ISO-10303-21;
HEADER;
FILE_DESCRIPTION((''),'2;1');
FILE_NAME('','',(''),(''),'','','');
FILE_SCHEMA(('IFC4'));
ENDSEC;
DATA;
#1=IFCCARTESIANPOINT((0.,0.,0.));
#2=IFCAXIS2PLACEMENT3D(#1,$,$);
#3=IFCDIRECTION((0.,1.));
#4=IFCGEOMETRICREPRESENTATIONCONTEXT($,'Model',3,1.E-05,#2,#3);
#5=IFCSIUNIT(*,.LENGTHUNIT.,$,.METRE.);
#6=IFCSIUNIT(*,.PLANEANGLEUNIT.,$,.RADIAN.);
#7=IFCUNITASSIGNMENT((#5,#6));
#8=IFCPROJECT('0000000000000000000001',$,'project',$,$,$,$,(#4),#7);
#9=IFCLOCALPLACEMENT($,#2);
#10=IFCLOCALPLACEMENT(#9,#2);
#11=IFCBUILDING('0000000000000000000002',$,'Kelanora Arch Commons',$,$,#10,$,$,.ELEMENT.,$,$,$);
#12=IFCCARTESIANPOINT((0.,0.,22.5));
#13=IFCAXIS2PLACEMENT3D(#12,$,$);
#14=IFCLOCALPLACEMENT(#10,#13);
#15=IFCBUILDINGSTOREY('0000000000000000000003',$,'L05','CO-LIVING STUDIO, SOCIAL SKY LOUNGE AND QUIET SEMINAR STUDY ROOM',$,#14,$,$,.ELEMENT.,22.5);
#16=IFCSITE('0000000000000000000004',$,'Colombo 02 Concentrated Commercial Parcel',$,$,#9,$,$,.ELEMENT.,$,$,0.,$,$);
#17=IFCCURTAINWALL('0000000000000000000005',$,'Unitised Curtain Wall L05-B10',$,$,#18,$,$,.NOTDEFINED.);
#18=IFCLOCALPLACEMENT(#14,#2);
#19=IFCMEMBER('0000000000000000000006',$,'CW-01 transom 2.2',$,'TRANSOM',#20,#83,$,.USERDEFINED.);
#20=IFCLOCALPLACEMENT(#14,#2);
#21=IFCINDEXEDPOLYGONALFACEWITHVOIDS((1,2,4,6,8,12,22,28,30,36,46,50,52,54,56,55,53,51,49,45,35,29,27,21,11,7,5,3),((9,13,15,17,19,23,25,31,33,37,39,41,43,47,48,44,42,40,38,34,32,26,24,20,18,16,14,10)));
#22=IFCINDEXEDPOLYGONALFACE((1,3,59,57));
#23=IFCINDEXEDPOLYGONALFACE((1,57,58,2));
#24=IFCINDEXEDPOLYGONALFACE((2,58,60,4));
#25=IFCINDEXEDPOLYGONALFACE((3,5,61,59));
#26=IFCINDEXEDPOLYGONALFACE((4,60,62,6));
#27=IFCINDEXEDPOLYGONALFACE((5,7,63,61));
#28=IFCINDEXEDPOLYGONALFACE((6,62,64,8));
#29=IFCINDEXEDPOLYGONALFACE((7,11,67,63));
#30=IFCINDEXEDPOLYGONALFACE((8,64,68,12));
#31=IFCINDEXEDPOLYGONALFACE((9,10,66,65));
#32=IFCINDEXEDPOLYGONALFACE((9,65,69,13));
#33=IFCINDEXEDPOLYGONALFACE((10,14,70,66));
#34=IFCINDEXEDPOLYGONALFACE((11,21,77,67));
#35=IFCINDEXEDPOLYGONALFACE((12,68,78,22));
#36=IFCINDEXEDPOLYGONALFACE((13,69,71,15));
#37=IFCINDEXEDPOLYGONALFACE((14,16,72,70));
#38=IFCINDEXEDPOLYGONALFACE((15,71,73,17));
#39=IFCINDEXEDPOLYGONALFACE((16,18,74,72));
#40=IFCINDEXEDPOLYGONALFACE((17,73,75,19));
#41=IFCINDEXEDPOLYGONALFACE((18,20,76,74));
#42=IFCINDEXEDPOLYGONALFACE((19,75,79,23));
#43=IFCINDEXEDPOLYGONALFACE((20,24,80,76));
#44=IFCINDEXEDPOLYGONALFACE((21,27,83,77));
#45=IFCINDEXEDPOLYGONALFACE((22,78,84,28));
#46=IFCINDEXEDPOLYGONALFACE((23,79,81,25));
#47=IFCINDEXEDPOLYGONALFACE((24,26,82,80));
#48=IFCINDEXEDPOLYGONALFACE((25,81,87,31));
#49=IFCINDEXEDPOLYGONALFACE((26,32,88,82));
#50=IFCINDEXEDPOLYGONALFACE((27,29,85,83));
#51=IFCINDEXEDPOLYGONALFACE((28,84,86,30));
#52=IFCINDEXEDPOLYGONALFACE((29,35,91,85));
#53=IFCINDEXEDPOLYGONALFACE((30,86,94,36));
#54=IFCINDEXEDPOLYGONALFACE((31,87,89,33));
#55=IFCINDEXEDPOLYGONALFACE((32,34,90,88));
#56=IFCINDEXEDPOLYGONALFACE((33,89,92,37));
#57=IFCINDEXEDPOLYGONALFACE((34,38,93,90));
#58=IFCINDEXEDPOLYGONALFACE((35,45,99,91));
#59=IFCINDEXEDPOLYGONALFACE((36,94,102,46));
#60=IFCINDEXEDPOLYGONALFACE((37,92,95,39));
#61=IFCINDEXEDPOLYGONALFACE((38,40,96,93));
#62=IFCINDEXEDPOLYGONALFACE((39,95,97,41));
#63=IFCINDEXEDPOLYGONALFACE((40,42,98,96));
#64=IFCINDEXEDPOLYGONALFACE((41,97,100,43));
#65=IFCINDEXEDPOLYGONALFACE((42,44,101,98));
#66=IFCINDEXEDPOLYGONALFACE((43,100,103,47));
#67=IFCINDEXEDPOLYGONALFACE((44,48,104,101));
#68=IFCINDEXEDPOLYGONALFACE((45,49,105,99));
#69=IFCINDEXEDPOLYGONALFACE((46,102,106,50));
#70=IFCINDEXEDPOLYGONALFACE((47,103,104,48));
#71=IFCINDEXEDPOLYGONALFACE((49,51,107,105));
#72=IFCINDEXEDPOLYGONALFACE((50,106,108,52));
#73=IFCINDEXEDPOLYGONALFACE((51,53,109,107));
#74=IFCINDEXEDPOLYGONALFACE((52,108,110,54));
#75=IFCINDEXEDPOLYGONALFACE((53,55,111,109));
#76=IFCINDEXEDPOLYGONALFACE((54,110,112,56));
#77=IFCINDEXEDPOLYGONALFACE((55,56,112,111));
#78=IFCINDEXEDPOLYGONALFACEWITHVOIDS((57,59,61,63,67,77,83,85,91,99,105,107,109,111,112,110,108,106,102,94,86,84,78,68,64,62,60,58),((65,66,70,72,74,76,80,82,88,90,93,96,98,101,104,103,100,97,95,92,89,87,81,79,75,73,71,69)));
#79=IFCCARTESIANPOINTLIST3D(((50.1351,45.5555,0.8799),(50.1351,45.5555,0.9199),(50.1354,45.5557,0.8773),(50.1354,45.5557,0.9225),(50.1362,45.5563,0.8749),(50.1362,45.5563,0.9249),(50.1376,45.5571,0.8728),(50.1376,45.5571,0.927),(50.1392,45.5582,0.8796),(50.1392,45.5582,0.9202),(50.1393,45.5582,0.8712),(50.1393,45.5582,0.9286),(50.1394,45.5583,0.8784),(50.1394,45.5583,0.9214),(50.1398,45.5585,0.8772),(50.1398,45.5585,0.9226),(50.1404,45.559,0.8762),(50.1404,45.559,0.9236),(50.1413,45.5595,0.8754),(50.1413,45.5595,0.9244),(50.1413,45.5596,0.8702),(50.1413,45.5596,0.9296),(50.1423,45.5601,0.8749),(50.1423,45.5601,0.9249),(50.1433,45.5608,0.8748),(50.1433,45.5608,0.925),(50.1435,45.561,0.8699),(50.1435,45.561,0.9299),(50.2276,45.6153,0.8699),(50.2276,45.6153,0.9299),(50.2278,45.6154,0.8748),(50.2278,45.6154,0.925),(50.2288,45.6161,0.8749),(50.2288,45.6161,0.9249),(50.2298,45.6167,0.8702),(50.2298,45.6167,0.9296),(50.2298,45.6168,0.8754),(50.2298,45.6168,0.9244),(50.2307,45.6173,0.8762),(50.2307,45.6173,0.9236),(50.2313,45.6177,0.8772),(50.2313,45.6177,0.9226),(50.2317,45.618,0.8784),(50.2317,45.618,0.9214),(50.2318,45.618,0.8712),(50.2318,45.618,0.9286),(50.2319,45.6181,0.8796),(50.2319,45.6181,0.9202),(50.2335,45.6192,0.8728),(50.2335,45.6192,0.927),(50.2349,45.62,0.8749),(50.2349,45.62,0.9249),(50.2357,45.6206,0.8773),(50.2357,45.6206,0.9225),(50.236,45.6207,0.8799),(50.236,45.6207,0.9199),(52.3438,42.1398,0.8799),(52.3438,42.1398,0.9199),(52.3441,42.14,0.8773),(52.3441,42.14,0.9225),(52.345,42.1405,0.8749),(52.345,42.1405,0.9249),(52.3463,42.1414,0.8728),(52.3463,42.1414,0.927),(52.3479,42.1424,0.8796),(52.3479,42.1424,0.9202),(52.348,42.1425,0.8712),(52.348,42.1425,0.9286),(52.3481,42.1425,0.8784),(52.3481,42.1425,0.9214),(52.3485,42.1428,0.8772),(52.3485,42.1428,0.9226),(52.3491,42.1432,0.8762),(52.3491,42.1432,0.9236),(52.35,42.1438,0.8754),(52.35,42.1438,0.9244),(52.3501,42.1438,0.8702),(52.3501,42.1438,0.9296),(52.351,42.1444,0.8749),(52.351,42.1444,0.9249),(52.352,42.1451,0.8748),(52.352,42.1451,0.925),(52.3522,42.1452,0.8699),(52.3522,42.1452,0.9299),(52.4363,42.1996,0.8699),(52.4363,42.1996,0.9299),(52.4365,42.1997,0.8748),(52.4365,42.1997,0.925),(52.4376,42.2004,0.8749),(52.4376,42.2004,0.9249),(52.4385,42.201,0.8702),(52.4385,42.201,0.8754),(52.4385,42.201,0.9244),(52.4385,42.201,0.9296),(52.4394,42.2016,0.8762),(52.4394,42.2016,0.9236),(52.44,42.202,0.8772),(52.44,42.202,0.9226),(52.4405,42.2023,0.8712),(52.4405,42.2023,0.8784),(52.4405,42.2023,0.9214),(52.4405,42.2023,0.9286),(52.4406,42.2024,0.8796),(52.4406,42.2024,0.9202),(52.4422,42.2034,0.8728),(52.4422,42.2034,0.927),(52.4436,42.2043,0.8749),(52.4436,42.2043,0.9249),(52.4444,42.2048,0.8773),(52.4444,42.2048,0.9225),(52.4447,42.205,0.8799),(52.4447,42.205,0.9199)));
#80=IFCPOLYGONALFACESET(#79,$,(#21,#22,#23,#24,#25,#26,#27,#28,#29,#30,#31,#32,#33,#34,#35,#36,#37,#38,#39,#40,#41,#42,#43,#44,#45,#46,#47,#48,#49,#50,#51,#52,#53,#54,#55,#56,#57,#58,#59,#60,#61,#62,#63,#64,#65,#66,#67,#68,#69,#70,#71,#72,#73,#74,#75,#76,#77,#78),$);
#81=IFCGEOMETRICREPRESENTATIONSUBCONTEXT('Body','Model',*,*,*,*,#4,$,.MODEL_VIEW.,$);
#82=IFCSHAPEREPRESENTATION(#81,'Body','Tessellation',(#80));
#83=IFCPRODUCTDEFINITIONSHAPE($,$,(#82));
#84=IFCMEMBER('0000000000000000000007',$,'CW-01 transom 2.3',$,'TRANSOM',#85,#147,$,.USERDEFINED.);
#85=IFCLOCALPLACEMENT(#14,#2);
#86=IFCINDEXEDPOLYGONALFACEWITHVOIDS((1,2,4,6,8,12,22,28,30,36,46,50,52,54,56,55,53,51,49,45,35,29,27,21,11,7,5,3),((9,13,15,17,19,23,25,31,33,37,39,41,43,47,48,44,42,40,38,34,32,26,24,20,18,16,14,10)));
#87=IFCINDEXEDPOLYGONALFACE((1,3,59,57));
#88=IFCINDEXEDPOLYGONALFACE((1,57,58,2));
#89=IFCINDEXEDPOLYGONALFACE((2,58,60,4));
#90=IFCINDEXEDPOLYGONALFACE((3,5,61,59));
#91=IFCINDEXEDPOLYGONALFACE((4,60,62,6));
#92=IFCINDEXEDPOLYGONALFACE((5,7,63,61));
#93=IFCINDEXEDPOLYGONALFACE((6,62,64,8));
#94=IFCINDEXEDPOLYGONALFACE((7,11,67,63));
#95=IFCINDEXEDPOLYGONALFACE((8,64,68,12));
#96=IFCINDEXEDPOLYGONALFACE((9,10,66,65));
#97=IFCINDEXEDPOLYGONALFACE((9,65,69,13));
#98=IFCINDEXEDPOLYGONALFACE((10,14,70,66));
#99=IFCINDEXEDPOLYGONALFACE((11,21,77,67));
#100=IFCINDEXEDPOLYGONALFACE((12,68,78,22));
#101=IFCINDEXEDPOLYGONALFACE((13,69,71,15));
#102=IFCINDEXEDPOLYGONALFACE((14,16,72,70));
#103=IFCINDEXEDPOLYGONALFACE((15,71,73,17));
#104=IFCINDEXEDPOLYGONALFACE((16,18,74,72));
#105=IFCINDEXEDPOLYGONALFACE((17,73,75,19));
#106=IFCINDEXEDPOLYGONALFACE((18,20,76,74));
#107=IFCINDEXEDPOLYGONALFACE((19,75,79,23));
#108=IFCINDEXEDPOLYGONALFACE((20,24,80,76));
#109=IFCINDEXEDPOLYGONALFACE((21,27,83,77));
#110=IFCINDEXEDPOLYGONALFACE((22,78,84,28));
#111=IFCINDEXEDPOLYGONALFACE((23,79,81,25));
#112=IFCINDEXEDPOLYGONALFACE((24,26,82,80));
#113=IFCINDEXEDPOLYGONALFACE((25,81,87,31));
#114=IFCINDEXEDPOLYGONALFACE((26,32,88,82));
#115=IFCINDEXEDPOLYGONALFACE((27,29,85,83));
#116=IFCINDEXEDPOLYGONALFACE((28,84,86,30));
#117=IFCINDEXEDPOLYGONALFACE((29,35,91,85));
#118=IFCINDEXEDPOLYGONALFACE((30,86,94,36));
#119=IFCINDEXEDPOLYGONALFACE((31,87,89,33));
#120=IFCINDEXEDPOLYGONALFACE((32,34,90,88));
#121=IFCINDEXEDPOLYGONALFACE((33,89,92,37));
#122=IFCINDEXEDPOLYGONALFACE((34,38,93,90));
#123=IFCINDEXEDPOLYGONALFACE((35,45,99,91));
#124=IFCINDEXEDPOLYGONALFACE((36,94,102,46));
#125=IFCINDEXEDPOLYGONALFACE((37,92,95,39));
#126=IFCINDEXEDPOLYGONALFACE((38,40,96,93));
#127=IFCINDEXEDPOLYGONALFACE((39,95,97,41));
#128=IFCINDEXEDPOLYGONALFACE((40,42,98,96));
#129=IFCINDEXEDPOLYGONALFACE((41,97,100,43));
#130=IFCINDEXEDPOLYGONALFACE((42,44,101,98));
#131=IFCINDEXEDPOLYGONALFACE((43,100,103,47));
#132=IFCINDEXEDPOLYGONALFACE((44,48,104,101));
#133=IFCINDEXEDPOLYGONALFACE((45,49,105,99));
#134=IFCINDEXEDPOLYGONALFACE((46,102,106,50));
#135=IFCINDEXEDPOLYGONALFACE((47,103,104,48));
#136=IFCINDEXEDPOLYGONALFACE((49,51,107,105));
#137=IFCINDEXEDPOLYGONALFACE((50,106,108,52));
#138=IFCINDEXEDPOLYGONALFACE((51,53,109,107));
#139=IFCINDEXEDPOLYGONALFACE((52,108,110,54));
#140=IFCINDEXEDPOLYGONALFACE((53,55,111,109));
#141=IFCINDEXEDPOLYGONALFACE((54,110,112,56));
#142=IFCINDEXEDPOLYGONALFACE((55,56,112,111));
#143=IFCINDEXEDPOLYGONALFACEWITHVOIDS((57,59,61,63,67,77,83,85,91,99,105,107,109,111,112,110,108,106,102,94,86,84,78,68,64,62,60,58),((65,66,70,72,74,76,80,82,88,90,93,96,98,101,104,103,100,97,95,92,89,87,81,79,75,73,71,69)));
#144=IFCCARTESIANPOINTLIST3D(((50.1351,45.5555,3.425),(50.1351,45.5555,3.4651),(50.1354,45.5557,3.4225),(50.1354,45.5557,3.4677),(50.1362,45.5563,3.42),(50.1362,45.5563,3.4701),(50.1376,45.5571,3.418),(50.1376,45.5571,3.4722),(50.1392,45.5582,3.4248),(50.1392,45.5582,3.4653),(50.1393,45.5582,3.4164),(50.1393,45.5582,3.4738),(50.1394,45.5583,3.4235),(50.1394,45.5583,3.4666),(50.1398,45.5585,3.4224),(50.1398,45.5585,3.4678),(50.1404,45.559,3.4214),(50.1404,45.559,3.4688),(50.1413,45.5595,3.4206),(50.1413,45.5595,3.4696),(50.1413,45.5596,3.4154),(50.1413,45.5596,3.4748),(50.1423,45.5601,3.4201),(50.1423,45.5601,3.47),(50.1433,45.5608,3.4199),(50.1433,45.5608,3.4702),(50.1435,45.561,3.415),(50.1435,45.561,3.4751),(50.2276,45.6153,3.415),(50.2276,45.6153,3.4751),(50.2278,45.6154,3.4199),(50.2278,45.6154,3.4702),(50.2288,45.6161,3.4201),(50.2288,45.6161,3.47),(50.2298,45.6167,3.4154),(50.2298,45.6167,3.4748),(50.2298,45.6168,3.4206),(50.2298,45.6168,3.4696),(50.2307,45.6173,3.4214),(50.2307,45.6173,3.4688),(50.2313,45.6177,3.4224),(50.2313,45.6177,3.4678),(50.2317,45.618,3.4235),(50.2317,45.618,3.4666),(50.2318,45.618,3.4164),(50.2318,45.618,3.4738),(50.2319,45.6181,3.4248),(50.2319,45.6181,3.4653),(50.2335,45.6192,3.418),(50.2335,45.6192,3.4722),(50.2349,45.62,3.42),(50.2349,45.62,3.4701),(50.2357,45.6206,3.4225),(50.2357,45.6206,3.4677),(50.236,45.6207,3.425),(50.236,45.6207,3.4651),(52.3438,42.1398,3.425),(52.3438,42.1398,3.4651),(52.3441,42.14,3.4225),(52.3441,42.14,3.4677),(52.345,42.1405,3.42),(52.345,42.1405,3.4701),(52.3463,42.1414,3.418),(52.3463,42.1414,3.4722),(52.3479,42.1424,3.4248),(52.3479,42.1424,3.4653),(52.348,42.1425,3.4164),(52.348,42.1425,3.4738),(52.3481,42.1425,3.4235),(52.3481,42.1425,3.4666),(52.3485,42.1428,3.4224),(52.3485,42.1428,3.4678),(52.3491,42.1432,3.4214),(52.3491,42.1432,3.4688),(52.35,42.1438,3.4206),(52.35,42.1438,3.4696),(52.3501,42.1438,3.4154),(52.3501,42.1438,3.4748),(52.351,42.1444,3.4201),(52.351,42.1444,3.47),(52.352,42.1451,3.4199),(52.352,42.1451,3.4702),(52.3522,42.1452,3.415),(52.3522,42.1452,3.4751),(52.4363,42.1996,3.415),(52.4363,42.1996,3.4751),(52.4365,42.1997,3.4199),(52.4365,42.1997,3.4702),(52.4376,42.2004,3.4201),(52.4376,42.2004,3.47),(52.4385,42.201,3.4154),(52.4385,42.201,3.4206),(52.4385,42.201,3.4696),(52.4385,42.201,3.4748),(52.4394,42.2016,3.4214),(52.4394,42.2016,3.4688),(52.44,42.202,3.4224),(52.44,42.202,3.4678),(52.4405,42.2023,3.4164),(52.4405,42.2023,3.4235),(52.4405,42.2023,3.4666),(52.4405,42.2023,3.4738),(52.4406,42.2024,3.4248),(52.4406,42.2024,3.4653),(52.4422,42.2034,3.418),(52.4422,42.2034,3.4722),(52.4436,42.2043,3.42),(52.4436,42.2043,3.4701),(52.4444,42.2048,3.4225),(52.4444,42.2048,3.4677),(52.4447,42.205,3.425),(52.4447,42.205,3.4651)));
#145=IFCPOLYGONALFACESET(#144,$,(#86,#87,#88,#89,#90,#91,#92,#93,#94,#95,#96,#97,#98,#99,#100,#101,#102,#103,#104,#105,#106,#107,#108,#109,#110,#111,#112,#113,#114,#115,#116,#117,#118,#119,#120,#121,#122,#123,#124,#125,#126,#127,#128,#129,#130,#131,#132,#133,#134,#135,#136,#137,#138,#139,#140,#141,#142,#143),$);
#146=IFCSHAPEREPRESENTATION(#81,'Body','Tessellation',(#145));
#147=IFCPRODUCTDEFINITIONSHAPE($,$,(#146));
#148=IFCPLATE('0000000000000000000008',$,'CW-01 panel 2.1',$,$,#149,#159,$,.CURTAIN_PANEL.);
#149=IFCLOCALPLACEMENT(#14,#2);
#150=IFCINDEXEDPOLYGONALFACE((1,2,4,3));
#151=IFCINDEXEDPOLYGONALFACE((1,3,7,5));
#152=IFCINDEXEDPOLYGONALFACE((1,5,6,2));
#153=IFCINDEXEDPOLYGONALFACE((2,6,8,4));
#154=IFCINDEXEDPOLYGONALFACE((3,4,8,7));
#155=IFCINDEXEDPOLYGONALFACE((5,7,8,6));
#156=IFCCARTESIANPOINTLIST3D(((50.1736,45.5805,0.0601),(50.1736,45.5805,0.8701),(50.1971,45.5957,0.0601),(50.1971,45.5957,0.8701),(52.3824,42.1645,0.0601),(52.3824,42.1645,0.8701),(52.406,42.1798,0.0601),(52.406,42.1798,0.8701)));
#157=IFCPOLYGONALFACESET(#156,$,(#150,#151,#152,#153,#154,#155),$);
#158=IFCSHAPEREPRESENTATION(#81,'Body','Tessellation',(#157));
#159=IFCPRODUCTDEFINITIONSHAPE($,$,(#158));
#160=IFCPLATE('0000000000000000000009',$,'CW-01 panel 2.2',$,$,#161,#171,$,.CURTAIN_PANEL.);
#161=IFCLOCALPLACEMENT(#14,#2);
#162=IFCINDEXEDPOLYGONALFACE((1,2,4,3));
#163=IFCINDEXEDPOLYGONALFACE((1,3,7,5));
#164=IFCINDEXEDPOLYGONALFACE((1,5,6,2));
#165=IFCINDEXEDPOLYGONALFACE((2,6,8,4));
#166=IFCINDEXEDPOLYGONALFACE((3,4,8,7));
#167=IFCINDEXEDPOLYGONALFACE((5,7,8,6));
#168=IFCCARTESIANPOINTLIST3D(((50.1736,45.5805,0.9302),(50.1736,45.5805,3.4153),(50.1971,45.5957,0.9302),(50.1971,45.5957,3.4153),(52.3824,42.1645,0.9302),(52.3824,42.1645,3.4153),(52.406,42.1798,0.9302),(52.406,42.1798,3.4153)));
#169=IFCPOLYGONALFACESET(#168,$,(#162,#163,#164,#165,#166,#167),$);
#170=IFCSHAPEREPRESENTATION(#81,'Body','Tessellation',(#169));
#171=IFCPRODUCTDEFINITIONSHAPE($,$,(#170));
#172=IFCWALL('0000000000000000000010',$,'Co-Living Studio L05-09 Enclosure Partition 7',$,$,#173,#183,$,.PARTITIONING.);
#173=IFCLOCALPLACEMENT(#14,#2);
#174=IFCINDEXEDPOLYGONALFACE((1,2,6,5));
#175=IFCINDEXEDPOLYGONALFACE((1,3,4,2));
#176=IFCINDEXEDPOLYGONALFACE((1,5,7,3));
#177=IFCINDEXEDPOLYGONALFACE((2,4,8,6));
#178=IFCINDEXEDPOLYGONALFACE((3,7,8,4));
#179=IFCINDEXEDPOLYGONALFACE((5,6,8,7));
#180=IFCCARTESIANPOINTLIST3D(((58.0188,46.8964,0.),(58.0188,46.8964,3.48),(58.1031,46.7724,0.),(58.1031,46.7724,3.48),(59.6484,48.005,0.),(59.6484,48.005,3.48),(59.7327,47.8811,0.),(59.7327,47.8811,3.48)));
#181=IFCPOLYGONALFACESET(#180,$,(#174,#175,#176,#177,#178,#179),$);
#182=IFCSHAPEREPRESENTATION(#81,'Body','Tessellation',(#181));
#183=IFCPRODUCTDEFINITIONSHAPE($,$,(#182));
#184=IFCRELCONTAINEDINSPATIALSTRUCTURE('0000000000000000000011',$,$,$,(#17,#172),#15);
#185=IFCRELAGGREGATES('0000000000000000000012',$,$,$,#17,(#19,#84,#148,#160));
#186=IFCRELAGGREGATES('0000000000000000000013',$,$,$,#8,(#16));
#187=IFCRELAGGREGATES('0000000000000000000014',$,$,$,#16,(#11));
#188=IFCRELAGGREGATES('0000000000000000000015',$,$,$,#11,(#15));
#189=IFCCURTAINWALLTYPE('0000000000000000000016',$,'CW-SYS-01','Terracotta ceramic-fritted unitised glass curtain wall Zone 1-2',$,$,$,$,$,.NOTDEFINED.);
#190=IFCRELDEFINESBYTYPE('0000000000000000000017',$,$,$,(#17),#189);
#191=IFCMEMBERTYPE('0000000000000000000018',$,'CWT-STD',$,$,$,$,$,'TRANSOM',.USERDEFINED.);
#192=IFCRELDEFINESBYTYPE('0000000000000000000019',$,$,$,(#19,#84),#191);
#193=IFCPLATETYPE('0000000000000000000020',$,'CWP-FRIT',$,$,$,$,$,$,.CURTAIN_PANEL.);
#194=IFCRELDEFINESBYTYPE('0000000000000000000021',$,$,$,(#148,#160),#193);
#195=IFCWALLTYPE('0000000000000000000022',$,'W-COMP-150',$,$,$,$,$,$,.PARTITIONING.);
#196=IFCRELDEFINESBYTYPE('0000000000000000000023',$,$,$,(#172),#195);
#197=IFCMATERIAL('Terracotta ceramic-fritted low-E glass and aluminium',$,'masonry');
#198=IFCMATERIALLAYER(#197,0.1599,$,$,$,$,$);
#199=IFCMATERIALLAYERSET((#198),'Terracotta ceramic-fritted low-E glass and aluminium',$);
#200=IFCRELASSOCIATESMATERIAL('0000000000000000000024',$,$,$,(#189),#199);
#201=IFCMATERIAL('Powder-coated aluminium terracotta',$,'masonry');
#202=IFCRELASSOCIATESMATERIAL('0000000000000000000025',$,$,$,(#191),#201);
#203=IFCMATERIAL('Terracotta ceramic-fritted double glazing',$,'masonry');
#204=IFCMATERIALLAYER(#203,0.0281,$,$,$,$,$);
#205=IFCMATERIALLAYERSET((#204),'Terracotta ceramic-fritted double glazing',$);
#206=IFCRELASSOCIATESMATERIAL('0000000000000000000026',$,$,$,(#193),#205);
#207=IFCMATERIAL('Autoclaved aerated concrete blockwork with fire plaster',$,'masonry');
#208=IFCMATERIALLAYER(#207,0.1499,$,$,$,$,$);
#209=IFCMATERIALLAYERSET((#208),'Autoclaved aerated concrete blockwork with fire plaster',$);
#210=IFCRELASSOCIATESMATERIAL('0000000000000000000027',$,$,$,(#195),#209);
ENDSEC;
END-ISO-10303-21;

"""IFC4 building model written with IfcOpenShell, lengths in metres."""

from ifc_helpers import new_model, si_unit, direction, frame, frame_2d, origin, origin_2d, place, context, subcontext, project, spatial, rectangle, hollow_rectangle, extrude, source, transform, mapped, material, layer, layer_set, material_profile, profile_set, type_object, element, aggregate, save


model = new_model("IFC4")

# Units and contexts
model_context = context("Model", 3, precision=1e-05, world=origin(), true_north=direction((0.0, 1.0)))
body_context = subcontext(model_context, "Body", "Model", "MODEL_VIEW")
ifc_project = project(units=[si_unit("LENGTHUNIT", "METRE"), si_unit("PLANEANGLEUNIT", "RADIAN")], contexts=[model_context])

# Site, building, storey
site_placement = place(None, origin())
site = spatial("IfcSite", under=ifc_project, at=site_placement, Name="Colombo 02 Concentrated Commercial Parcel", CompositionType="ELEMENT", RefElevation=0.0)
building_placement = place(site_placement, origin())
building = spatial("IfcBuilding", under=site, at=building_placement, Name="Kelanora Arch Commons", CompositionType="ELEMENT")
storey_placement = place(building_placement, frame((0.0, 0.0, 22.5)))
storey = spatial("IfcBuildingStorey", under=building, at=storey_placement, Name="L05", Description="CO-LIVING STUDIO, SOCIAL SKY LOUNGE AND QUIET SEMINAR STUDY ROOM", CompositionType="ELEMENT", Elevation=22.5)

# Curtain wall, members, plates
ifc_material_1 = material(Name="Terracotta ceramic-fritted low-E glass and aluminium", Category="masonry")
ifc_layer_1 = layer(ifc_material_1, 0.1599)
ifc_layer_set_1 = layer_set([ifc_layer_1], Name="Terracotta ceramic-fritted low-E glass and aluminium")
curtain_wall_type = type_object("IfcCurtainWallType", Name="CW-SYS-01", Description="Terracotta ceramic-fritted unitised glass curtain wall Zone 1-2", PredefinedType="NOTDEFINED", material=ifc_layer_set_1)
curtain_wall_placement = place(storey_placement, origin())
curtain_wall = element("IfcCurtainWall", 1, at=curtain_wall_placement, inside=storey, type_object=curtain_wall_type, Name="Unitised Curtain Wall L05-B10", PredefinedType="NOTDEFINED")
ifc_material_2 = material(Name="Powder-coated aluminium terracotta", Category="masonry")
ifc_material_profile_1 = material_profile(ifc_material_2, hollow_rectangle(XDim=0.1201, YDim=0.0601, WallThickness=0.0049, InnerFilletRadius=0.0049, OuterFilletRadius=0.01, at=origin_2d()), Name="CWT120x60")
ifc_profile_set_1 = profile_set([ifc_material_profile_1], Name="Powder-coated aluminium terracotta")
member_type_1 = type_object("IfcMemberType", Name="CWT-STD", ElementType="TRANSOM", PredefinedType="USERDEFINED", material=ifc_profile_set_1)
member_1_placement = place(storey_placement, frame((50.1855, 45.5881, 0.8999), z_axis=(0.542997, -0.839734, 0.0), x_axis=(0.839734, 0.542997, 0.0)))
member_1 = element("IfcMember", 2, at=member_1_placement, type_object=member_type_1, Name="CW-01 transom 2.2", ObjectType="TRANSOM", PredefinedType="USERDEFINED", context=body_context, shape_type="SweptSolid", body=[
    extrude(hollow_rectangle(XDim=0.1201, YDim=0.0601, WallThickness=0.0049, InnerFilletRadius=0.0049, OuterFilletRadius=0.01, at=origin_2d()), origin(), (0.0, 0.0, 1.0), 4.0676),
])
member_2_placement = place(storey_placement, frame((50.1855, 45.5881, 3.4451), z_axis=(0.542997, -0.839734, 0.0), x_axis=(0.839734, 0.542997, 0.0)))
member_2 = element("IfcMember", 3, at=member_2_placement, type_object=member_type_1, Name="CW-01 transom 2.3", ObjectType="TRANSOM", PredefinedType="USERDEFINED", context=body_context, shape_type="SweptSolid", body=[
    extrude(hollow_rectangle(XDim=0.1201, YDim=0.0601, WallThickness=0.0049, InnerFilletRadius=0.0049, OuterFilletRadius=0.01, at=origin_2d()), origin(), (0.0, 0.0, 1.0), 4.0676),
])
ifc_material_3 = material(Name="Terracotta ceramic-fritted double glazing", Category="masonry")
ifc_layer_2 = layer(ifc_material_3, 0.0281)
ifc_layer_set_2 = layer_set([ifc_layer_2], Name="Terracotta ceramic-fritted double glazing")
plate_type = type_object("IfcPlateType", Name="CWP-FRIT", PredefinedType="CURTAIN_PANEL", material=ifc_layer_set_2)
shared_shape_1 = source(origin(), body_context, "Body", "SweptSolid", [
    extrude(rectangle(XDim=4.0679, YDim=0.0281, at=origin_2d()), origin(), (0.0, 0.0, 1.0), 0.8101),
])
plate_1_placement = place(storey_placement, frame((51.2898, 43.8801, 0.0601), z_axis=(0.0, 0.0, 1.0), x_axis=(0.543004, -0.83973, 0.0)))
plate_1 = element("IfcPlate", 4, at=plate_1_placement, type_object=plate_type, Name="CW-01 panel 2.1", PredefinedType="CURTAIN_PANEL", context=body_context, shape_type="MappedRepresentation", body=[
    mapped(shared_shape_1, transform((0.0, 0.0, 0.0), scale=1.0)),
])
shared_shape_2 = source(origin(), body_context, "Body", "SweptSolid", [
    extrude(rectangle(XDim=4.0679, YDim=0.0281, at=origin_2d()), origin(), (0.0, 0.0, 1.0), 2.4851),
])
plate_2_placement = place(storey_placement, frame((51.2898, 43.8801, 0.9302), z_axis=(0.0, 0.0, 1.0), x_axis=(0.543004, -0.83973, 0.0)))
plate_2 = element("IfcPlate", 5, at=plate_2_placement, type_object=plate_type, Name="CW-01 panel 2.2", PredefinedType="CURTAIN_PANEL", context=body_context, shape_type="MappedRepresentation", body=[
    mapped(shared_shape_2, transform((0.0, 0.0, 0.0), scale=1.0)),
])
aggregate(curtain_wall, [member_1, member_2, plate_1, plate_2])

# Wall
ifc_material_4 = material(Name="Autoclaved aerated concrete blockwork with fire plaster", Category="masonry")
ifc_layer_3 = layer(ifc_material_4, 0.1499)
ifc_layer_set_3 = layer_set([ifc_layer_3], Name="Autoclaved aerated concrete blockwork with fire plaster")
wall_type_1 = type_object("IfcWallType", Name="W-COMP-150", PredefinedType="PARTITIONING", material=ifc_layer_set_3)
wall_1_placement = place(storey_placement, frame((58.061, 46.8345, 0.0), z_axis=(0.0, 0.0, 1.0), x_axis=(0.826811, 0.562479, 0.0)))
element("IfcWall", 6, at=wall_1_placement, inside=storey, type_object=wall_type_1, Name="Co-Living Studio L05-09 Enclosure Partition 7", PredefinedType="PARTITIONING", context=body_context, shape_type="SweptSolid", body=[
    extrude(rectangle(XDim=1.9709, YDim=0.1499, at=frame_2d((0.9854, 0.0))), origin(), (0.0, 0.0, 1.0), 3.48),
])

save(model, "model.ifc")
